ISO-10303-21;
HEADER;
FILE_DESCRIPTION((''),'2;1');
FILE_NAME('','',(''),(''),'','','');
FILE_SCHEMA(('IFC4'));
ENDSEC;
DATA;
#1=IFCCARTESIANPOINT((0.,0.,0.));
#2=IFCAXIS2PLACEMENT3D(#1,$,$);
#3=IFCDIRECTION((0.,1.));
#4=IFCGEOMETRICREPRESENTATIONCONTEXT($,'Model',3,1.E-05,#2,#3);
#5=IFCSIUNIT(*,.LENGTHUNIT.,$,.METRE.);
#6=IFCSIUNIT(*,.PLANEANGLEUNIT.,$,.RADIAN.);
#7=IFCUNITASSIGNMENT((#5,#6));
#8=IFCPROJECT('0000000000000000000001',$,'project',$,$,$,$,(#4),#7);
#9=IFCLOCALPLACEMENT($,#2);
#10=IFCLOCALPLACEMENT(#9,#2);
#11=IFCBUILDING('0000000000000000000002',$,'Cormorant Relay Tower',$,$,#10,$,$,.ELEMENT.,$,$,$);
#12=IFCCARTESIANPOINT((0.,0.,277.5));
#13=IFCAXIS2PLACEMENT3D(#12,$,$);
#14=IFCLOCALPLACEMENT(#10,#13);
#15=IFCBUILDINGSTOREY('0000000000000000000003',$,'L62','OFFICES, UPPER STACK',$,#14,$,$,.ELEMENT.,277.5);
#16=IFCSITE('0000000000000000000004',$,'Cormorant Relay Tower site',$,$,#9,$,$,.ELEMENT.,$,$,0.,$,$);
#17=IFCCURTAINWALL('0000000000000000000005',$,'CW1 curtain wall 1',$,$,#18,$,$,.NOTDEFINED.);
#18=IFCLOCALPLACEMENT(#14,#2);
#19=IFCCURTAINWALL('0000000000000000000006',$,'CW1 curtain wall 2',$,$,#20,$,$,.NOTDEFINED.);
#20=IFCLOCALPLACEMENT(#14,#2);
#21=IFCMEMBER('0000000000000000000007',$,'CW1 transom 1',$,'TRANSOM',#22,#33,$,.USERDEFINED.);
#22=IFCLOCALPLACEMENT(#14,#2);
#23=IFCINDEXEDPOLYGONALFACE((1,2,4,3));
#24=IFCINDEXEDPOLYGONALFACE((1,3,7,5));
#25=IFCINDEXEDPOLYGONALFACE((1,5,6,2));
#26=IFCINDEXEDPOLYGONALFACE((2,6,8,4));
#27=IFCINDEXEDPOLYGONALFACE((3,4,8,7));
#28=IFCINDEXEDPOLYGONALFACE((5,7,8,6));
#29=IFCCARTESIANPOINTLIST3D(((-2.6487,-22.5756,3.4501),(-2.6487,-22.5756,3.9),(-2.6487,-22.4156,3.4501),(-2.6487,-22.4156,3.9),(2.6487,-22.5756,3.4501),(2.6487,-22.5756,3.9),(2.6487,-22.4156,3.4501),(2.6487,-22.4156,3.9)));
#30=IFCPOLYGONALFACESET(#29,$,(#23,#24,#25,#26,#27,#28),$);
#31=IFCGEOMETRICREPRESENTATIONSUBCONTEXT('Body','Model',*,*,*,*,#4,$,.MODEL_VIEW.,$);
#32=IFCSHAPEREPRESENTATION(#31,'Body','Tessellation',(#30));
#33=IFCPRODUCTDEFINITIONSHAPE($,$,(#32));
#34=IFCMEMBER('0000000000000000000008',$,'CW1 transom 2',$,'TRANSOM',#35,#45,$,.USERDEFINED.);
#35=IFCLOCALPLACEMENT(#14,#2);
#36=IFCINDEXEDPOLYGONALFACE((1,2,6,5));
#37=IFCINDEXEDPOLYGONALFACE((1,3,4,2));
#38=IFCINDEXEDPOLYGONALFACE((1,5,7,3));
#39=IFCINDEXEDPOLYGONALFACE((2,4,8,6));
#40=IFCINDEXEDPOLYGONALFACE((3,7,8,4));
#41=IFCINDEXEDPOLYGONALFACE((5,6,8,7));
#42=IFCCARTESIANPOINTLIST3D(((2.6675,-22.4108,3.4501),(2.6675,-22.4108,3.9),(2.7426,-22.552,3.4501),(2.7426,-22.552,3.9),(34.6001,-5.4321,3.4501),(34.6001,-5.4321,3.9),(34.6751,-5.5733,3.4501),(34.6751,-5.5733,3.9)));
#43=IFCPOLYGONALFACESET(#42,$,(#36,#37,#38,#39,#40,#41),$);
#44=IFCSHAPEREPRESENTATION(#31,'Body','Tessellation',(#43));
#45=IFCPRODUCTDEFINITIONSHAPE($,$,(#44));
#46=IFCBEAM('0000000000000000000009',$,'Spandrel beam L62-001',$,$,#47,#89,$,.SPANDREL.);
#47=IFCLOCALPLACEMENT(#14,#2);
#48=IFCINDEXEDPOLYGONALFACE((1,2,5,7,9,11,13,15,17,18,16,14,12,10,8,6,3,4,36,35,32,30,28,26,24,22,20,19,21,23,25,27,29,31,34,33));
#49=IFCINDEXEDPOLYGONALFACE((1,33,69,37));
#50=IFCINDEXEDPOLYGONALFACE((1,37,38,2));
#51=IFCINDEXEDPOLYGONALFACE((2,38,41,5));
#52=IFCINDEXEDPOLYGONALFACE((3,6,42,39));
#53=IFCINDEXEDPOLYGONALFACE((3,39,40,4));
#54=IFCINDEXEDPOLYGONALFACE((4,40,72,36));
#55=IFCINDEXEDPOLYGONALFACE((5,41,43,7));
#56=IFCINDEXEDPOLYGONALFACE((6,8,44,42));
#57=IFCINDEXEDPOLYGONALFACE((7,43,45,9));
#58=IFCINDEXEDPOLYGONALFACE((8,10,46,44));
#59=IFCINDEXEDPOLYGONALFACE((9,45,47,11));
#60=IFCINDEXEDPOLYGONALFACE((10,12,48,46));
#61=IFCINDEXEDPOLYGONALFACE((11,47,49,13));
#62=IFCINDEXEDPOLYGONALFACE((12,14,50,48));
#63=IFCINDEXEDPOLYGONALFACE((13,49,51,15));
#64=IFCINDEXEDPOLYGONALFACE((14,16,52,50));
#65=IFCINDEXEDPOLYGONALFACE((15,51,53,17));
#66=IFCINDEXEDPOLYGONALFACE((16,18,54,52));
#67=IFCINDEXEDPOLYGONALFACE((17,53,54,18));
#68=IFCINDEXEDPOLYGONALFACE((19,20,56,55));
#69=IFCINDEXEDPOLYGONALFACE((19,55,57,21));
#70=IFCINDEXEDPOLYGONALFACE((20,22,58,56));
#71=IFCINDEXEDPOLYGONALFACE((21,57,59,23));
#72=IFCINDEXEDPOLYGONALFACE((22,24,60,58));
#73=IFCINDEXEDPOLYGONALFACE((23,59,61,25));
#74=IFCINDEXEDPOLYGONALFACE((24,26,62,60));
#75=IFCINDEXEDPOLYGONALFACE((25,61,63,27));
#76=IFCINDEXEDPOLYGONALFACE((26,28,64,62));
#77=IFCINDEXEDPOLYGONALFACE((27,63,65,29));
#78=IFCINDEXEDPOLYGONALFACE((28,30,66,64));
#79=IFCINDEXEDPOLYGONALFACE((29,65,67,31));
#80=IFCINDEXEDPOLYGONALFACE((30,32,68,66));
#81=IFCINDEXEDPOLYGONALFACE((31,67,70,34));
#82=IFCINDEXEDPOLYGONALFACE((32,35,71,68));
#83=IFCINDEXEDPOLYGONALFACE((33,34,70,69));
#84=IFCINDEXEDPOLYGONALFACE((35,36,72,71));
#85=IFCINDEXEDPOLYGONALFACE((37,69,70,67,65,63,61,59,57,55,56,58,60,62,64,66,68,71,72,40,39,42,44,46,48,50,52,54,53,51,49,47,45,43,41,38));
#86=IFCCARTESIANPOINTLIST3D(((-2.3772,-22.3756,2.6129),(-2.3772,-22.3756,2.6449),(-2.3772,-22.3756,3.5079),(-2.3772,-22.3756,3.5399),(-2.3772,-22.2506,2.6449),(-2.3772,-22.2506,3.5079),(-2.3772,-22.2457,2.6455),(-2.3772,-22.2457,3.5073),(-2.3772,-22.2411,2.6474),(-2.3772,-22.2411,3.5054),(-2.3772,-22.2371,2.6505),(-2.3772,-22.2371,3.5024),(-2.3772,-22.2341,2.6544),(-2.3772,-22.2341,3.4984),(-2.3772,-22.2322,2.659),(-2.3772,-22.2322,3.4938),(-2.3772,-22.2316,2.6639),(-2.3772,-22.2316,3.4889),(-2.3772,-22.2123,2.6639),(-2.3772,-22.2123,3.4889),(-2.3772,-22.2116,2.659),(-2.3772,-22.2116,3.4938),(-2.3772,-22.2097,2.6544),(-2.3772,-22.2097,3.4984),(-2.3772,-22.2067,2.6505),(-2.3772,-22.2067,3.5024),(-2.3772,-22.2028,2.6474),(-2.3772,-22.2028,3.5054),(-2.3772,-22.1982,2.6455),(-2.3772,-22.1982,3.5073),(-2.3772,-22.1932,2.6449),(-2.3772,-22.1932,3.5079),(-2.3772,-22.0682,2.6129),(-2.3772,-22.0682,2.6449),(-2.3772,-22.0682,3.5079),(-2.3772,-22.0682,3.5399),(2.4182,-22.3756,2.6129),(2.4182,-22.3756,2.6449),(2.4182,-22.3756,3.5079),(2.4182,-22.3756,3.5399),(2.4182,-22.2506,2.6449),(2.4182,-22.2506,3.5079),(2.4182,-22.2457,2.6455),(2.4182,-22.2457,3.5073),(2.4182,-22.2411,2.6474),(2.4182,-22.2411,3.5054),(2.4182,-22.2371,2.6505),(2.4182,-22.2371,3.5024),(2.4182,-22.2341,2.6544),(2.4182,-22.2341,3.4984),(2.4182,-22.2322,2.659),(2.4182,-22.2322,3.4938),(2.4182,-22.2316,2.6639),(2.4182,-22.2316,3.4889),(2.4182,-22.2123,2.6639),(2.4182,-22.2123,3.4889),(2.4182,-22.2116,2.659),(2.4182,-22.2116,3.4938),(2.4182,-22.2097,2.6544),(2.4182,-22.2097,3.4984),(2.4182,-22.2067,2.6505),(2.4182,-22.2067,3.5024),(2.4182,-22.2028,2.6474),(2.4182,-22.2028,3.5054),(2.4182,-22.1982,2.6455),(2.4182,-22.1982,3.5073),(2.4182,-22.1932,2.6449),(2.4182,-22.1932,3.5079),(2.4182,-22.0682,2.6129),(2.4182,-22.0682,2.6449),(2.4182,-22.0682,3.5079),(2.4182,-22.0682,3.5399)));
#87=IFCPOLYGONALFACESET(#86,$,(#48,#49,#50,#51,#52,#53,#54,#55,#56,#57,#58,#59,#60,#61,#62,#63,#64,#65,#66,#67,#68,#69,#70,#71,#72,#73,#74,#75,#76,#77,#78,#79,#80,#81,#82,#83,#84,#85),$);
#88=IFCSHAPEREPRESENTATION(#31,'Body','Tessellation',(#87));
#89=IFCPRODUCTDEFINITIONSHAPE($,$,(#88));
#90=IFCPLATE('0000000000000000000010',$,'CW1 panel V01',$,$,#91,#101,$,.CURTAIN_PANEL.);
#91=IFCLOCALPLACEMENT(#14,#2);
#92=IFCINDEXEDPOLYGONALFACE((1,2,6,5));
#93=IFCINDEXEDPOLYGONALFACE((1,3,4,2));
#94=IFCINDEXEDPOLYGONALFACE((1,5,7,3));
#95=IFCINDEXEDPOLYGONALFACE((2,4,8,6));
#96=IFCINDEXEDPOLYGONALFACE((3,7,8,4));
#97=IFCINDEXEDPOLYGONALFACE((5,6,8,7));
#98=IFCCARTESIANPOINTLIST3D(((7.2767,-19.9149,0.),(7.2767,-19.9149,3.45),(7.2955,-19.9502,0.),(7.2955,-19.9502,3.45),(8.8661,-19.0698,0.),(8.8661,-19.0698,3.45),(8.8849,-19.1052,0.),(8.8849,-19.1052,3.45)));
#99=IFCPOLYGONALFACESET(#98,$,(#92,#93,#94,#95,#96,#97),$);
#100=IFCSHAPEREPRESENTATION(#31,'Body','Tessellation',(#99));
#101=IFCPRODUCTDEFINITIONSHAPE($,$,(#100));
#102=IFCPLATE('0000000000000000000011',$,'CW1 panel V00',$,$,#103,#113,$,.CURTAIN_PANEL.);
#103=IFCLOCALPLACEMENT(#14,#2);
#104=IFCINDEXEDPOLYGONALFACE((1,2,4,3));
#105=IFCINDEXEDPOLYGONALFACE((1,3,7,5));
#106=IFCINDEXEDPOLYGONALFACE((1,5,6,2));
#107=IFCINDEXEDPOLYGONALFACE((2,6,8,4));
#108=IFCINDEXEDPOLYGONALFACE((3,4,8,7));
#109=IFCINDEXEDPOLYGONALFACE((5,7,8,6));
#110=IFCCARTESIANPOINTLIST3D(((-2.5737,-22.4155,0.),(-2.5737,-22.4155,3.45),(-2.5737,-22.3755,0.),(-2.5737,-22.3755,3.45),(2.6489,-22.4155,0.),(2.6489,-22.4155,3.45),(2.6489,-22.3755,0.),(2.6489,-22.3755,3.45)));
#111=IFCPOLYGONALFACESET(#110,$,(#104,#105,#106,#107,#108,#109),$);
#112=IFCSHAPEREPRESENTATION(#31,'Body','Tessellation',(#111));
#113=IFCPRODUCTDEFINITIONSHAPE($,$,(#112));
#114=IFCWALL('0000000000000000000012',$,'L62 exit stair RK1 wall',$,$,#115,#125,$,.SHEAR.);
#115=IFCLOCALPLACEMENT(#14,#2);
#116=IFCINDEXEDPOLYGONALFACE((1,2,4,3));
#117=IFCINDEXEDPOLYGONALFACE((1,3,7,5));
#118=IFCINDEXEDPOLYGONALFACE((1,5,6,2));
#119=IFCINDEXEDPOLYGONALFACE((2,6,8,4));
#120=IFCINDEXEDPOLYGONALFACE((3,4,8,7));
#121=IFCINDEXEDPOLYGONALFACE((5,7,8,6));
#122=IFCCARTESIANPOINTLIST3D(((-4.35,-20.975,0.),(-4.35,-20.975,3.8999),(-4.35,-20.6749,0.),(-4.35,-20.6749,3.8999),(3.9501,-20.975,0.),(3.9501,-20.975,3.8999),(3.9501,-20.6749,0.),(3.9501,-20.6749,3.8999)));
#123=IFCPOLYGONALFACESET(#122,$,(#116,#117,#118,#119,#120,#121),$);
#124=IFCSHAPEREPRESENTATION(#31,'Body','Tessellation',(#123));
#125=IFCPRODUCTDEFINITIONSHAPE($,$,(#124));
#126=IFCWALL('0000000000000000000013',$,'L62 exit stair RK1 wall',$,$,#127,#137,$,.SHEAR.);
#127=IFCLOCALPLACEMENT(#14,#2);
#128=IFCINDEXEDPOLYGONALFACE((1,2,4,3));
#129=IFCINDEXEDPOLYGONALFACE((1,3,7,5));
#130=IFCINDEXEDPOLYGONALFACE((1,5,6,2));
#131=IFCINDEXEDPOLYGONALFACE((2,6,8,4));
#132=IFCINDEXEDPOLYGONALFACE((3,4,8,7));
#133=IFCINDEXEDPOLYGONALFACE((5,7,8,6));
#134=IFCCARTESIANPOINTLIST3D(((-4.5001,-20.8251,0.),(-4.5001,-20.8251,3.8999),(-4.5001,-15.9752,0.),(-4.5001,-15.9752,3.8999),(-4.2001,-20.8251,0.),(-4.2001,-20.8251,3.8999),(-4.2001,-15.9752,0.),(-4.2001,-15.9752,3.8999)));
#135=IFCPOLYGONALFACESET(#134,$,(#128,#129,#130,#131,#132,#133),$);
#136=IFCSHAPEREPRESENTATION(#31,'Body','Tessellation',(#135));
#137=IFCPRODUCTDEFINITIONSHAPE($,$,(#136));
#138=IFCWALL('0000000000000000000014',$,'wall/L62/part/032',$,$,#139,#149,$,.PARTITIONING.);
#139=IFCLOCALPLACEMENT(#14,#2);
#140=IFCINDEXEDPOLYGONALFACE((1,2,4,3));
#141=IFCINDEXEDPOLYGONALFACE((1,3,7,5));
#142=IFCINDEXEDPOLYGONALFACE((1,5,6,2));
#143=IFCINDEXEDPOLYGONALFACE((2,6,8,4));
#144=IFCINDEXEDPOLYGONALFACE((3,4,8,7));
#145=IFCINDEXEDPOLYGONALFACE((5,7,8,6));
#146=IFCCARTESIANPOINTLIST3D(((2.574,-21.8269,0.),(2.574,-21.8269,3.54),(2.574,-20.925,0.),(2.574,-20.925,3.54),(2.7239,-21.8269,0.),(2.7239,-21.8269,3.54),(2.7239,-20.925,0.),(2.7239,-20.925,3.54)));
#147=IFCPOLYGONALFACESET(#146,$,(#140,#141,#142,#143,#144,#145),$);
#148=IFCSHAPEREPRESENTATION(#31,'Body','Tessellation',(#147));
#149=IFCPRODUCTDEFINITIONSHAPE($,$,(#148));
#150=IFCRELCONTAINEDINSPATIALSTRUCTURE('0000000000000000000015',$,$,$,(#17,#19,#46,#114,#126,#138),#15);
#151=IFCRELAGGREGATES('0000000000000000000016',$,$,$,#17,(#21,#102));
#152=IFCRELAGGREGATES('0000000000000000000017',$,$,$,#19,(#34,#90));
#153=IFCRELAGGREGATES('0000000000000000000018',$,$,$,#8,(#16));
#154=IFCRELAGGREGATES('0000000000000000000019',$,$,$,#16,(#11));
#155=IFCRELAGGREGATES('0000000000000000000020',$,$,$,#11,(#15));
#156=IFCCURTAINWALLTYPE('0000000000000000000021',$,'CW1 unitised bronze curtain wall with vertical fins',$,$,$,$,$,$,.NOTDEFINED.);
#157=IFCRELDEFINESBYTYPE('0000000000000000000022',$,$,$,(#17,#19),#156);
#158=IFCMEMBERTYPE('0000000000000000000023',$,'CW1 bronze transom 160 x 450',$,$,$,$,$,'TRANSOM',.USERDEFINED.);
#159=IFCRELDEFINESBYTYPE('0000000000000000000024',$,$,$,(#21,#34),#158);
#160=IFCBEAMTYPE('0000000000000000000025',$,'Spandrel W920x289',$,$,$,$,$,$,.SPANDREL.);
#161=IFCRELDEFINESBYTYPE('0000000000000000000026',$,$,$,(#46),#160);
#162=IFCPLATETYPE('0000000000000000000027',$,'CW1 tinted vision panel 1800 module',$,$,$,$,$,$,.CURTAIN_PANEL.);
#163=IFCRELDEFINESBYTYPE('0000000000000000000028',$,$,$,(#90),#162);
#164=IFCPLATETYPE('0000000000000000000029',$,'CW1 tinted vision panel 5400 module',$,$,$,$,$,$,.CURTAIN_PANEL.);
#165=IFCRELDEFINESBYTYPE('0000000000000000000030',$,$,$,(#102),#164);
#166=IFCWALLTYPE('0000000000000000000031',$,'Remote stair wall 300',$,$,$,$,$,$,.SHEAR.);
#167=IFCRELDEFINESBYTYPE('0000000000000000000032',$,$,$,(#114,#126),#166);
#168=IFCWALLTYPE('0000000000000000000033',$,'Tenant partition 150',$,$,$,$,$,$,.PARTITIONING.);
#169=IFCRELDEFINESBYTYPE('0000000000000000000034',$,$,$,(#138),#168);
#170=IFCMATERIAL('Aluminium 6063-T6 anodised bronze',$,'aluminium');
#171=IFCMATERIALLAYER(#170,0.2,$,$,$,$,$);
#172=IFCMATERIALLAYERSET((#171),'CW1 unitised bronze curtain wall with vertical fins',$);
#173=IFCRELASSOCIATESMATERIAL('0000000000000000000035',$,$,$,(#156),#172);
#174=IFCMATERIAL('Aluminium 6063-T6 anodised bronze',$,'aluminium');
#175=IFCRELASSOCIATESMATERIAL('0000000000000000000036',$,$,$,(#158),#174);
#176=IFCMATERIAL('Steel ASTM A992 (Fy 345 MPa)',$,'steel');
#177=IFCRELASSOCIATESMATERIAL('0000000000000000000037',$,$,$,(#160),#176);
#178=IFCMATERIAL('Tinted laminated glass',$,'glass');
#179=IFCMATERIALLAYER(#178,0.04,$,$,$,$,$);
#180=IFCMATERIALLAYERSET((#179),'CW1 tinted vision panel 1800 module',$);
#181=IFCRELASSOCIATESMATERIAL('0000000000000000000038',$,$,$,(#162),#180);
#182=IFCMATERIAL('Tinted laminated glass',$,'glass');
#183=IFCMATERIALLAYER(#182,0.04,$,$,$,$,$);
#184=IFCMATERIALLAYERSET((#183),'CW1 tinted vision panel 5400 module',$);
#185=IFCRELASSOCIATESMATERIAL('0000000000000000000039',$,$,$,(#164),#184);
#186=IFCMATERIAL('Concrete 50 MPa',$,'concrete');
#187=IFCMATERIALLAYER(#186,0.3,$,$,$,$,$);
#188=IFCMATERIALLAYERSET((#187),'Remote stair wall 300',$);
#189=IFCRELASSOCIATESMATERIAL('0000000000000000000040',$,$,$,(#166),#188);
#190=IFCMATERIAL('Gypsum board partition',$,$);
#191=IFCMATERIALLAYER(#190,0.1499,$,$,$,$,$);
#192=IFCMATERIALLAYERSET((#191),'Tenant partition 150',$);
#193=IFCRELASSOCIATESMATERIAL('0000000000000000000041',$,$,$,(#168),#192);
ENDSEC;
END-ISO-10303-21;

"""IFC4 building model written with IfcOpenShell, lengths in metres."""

from ifc_helpers import new_model, si_unit, direction, frame, frame_2d, origin, origin_2d, place, context, subcontext, project, spatial, rectangle, i_section, extrude, material, layer, layer_set, material_profile, profile_set, type_object, element, aggregate, save


model = new_model("IFC4")

# Units and contexts
model_context = context("Model", 3, precision=1e-05, world=origin(), true_north=direction((0.0, 1.0)))
body_context = subcontext(model_context, "Body", "Model", "MODEL_VIEW")
ifc_project = project(units=[si_unit("LENGTHUNIT", "METRE"), si_unit("PLANEANGLEUNIT", "RADIAN")], contexts=[model_context])

# Site, building, storey
site_placement = place(None, origin())
site = spatial("IfcSite", under=ifc_project, at=site_placement, Name="Cormorant Relay Tower site", CompositionType="ELEMENT", RefElevation=0.0)
building_placement = place(site_placement, origin())
building = spatial("IfcBuilding", under=site, at=building_placement, Name="Cormorant Relay Tower", CompositionType="ELEMENT")
storey_placement = place(building_placement, frame((0.0, 0.0, 277.5)))
storey = spatial("IfcBuildingStorey", under=building, at=storey_placement, Name="L62", Description="OFFICES, UPPER STACK", CompositionType="ELEMENT", Elevation=277.5)

# Curtain wall
ifc_material_1 = material(Name="Aluminium 6063-T6 anodised bronze", Category="aluminium")
ifc_layer_1 = layer(ifc_material_1, 0.2)
ifc_layer_set_1 = layer_set([ifc_layer_1], Name="CW1 unitised bronze curtain wall with vertical fins")
curtain_wall_type = type_object("IfcCurtainWallType", Name="CW1 unitised bronze curtain wall with vertical fins", PredefinedType="NOTDEFINED", material=ifc_layer_set_1)
curtain_wall_1_placement = place(storey_placement, origin())
curtain_wall_1 = element("IfcCurtainWall", 1, at=curtain_wall_1_placement, inside=storey, type_object=curtain_wall_type, Name="CW1 curtain wall 1", PredefinedType="NOTDEFINED")

# Curtain wall
curtain_wall_2_placement = place(storey_placement, origin())
curtain_wall_2 = element("IfcCurtainWall", 2, at=curtain_wall_2_placement, inside=storey, type_object=curtain_wall_type, Name="CW1 curtain wall 2", PredefinedType="NOTDEFINED")

# Members
ifc_material_2 = material(Name="Aluminium 6063-T6 anodised bronze", Category="aluminium")
ifc_material_profile_1 = material_profile(ifc_material_2, rectangle(XDim=0.1599, YDim=0.45, at=origin_2d()), Name="AL 160x450")
ifc_profile_set_1 = profile_set([ifc_material_profile_1], Name="Aluminium 6063-T6 anodised bronze")
member_type_1 = type_object("IfcMemberType", Name="CW1 bronze transom 160 x 450", ElementType="TRANSOM", PredefinedType="USERDEFINED", material=ifc_profile_set_1)
member_1_placement = place(storey_placement, frame((-2.6487, -22.4956, 3.675), z_axis=(1.0, 0.0, 0.0), x_axis=(0.0, 1.0, 0.0)))
member_1 = element("IfcMember", 3, at=member_1_placement, type_object=member_type_1, Name="CW1 transom 1", ObjectType="TRANSOM", PredefinedType="USERDEFINED", context=body_context, shape_type="SweptSolid", body=[
    extrude(rectangle(XDim=0.1599, YDim=0.45, at=origin_2d()), origin(), (0.0, 0.0, 1.0), 5.2974),
])
member_2_placement = place(storey_placement, frame((2.7051, -22.4814, 3.675), z_axis=(0.882949, 0.469469, 0.0), x_axis=(-0.469469, 0.882949, 0.0)))
member_2 = element("IfcMember", 4, at=member_2_placement, type_object=member_type_1, Name="CW1 transom 2", ObjectType="TRANSOM", PredefinedType="USERDEFINED", context=body_context, shape_type="SweptSolid", body=[
    extrude(rectangle(XDim=0.1599, YDim=0.45, at=origin_2d()), origin(), (0.0, 0.0, 1.0), 36.1658),
])

# Beam
ifc_material_3 = material(Name="Steel ASTM A992 (Fy 345 MPa)", Category="steel")
ifc_material_profile_2 = material_profile(ifc_material_3, i_section(OverallWidth=0.3074, OverallDepth=0.927, WebThickness=0.0193, FlangeThickness=0.032, FilletRadius=0.019, at=origin_2d()), Name="W920x289")
ifc_profile_set_2 = profile_set([ifc_material_profile_2], Name="Steel ASTM A992 (Fy 345 MPa)")
beam_type = type_object("IfcBeamType", Name="Spandrel W920x289", PredefinedType="SPANDREL", material=ifc_profile_set_2)
beam_placement = place(storey_placement, frame((-2.3772, -22.2219, 3.0764), z_axis=(1.0, 0.0, 0.0), x_axis=(0.0, 1.0, 0.0)))
element("IfcBeam", 5, at=beam_placement, inside=storey, type_object=beam_type, Name="Spandrel beam L62-001", PredefinedType="SPANDREL", context=body_context, shape_type="SweptSolid", body=[
    extrude(i_section(OverallWidth=0.3074, OverallDepth=0.927, WebThickness=0.0193, FlangeThickness=0.032, FilletRadius=0.019, at=origin_2d()), origin(), (0.0, 0.0, 1.0), 4.7954),
])

# Plates
ifc_material_4 = material(Name="Tinted laminated glass", Category="glass")
ifc_layer_2 = layer(ifc_material_4, 0.04)
ifc_layer_set_2 = layer_set([ifc_layer_2], Name="CW1 tinted vision panel 1800 module")
plate_type_1 = type_object("IfcPlateType", Name="CW1 tinted vision panel 1800 module", PredefinedType="CURTAIN_PANEL", material=ifc_layer_set_2)
plate_1_placement = place(storey_placement, frame((8.0808, -19.51, 0.0), z_axis=(0.0, 0.0, 1.0), x_axis=(0.882948, 0.469472, 0.0)))
plate_1 = element("IfcPlate", 6, at=plate_1_placement, type_object=plate_type_1, Name="CW1 panel V01", PredefinedType="CURTAIN_PANEL", context=body_context, shape_type="SweptSolid", body=[
    extrude(rectangle(XDim=1.8, YDim=0.04, at=origin_2d()), origin(), (0.0, 0.0, 1.0), 3.45),
])
ifc_material_5 = material(Name="Tinted laminated glass", Category="glass")
ifc_layer_3 = layer(ifc_material_5, 0.04)
ifc_layer_set_3 = layer_set([ifc_layer_3], Name="CW1 tinted vision panel 5400 module")
plate_type_2 = type_object("IfcPlateType", Name="CW1 tinted vision panel 5400 module", PredefinedType="CURTAIN_PANEL", material=ifc_layer_set_3)
plate_2_placement = place(storey_placement, frame((0.0376, -22.3955, 0.0), z_axis=(0.0, 0.0, 1.0), x_axis=(1.0, 0.0, 0.0)))
plate_2 = element("IfcPlate", 7, at=plate_2_placement, type_object=plate_type_2, Name="CW1 panel V00", PredefinedType="CURTAIN_PANEL", context=body_context, shape_type="SweptSolid", body=[
    extrude(rectangle(XDim=5.2227, YDim=0.04, at=origin_2d()), origin(), (0.0, 0.0, 1.0), 3.45),
])
aggregate(curtain_wall_1, [member_1, plate_2])

# Walls
ifc_material_6 = material(Name="Concrete 50 MPa", Category="concrete")
ifc_layer_4 = layer(ifc_material_6, 0.3)
ifc_layer_set_4 = layer_set([ifc_layer_4], Name="Remote stair wall 300")
wall_type_1 = type_object("IfcWallType", Name="Remote stair wall 300", PredefinedType="SHEAR", material=ifc_layer_set_4)
wall_1_placement = place(storey_placement, frame((3.95, -20.825, 0.0), z_axis=(0.0, 0.0, 1.0), x_axis=(-1.0, 0.0, 0.0)))
element("IfcWall", 8, at=wall_1_placement, inside=storey, type_object=wall_type_1, Name="L62 exit stair RK1 wall", PredefinedType="SHEAR", context=body_context, shape_type="SweptSolid", body=[
    extrude(rectangle(XDim=8.3, YDim=0.3, at=frame_2d((4.1499, 0.0))), origin(), (0.0, 0.0, 1.0), 3.8999),
])
wall_2_placement = place(storey_placement, frame((-4.3501, -20.825, 0.0), z_axis=(0.0, 0.0, 1.0), x_axis=(0.0, 1.0, 0.0)))
element("IfcWall", 9, at=wall_2_placement, inside=storey, type_object=wall_type_1, Name="L62 exit stair RK1 wall", PredefinedType="SHEAR", context=body_context, shape_type="SweptSolid", body=[
    extrude(rectangle(XDim=4.8499, YDim=0.3, at=frame_2d((2.4248, 0.0))), origin(), (0.0, 0.0, 1.0), 3.8999),
])
ifc_material_7 = material(Name="Gypsum board partition")
ifc_layer_5 = layer(ifc_material_7, 0.1499)
ifc_layer_set_5 = layer_set([ifc_layer_5], Name="Tenant partition 150")
wall_type_2 = type_object("IfcWallType", Name="Tenant partition 150", PredefinedType="PARTITIONING", material=ifc_layer_set_5)
wall_3_placement = place(storey_placement, frame((2.6489, -21.8269, 0.0), z_axis=(0.0, 0.0, 1.0), x_axis=(0.0, 1.0, 0.0)))
element("IfcWall", 10, at=wall_3_placement, inside=storey, type_object=wall_type_2, Name="wall/L62/part/032", PredefinedType="PARTITIONING", context=body_context, shape_type="SweptSolid", body=[
    extrude(rectangle(XDim=0.9019, YDim=0.1499, at=frame_2d((0.4509, 0.0))), origin(), (0.0, 0.0, 1.0), 3.54),
])

aggregate(curtain_wall_2, [member_2, plate_1])

save(model, "model.ifc")
